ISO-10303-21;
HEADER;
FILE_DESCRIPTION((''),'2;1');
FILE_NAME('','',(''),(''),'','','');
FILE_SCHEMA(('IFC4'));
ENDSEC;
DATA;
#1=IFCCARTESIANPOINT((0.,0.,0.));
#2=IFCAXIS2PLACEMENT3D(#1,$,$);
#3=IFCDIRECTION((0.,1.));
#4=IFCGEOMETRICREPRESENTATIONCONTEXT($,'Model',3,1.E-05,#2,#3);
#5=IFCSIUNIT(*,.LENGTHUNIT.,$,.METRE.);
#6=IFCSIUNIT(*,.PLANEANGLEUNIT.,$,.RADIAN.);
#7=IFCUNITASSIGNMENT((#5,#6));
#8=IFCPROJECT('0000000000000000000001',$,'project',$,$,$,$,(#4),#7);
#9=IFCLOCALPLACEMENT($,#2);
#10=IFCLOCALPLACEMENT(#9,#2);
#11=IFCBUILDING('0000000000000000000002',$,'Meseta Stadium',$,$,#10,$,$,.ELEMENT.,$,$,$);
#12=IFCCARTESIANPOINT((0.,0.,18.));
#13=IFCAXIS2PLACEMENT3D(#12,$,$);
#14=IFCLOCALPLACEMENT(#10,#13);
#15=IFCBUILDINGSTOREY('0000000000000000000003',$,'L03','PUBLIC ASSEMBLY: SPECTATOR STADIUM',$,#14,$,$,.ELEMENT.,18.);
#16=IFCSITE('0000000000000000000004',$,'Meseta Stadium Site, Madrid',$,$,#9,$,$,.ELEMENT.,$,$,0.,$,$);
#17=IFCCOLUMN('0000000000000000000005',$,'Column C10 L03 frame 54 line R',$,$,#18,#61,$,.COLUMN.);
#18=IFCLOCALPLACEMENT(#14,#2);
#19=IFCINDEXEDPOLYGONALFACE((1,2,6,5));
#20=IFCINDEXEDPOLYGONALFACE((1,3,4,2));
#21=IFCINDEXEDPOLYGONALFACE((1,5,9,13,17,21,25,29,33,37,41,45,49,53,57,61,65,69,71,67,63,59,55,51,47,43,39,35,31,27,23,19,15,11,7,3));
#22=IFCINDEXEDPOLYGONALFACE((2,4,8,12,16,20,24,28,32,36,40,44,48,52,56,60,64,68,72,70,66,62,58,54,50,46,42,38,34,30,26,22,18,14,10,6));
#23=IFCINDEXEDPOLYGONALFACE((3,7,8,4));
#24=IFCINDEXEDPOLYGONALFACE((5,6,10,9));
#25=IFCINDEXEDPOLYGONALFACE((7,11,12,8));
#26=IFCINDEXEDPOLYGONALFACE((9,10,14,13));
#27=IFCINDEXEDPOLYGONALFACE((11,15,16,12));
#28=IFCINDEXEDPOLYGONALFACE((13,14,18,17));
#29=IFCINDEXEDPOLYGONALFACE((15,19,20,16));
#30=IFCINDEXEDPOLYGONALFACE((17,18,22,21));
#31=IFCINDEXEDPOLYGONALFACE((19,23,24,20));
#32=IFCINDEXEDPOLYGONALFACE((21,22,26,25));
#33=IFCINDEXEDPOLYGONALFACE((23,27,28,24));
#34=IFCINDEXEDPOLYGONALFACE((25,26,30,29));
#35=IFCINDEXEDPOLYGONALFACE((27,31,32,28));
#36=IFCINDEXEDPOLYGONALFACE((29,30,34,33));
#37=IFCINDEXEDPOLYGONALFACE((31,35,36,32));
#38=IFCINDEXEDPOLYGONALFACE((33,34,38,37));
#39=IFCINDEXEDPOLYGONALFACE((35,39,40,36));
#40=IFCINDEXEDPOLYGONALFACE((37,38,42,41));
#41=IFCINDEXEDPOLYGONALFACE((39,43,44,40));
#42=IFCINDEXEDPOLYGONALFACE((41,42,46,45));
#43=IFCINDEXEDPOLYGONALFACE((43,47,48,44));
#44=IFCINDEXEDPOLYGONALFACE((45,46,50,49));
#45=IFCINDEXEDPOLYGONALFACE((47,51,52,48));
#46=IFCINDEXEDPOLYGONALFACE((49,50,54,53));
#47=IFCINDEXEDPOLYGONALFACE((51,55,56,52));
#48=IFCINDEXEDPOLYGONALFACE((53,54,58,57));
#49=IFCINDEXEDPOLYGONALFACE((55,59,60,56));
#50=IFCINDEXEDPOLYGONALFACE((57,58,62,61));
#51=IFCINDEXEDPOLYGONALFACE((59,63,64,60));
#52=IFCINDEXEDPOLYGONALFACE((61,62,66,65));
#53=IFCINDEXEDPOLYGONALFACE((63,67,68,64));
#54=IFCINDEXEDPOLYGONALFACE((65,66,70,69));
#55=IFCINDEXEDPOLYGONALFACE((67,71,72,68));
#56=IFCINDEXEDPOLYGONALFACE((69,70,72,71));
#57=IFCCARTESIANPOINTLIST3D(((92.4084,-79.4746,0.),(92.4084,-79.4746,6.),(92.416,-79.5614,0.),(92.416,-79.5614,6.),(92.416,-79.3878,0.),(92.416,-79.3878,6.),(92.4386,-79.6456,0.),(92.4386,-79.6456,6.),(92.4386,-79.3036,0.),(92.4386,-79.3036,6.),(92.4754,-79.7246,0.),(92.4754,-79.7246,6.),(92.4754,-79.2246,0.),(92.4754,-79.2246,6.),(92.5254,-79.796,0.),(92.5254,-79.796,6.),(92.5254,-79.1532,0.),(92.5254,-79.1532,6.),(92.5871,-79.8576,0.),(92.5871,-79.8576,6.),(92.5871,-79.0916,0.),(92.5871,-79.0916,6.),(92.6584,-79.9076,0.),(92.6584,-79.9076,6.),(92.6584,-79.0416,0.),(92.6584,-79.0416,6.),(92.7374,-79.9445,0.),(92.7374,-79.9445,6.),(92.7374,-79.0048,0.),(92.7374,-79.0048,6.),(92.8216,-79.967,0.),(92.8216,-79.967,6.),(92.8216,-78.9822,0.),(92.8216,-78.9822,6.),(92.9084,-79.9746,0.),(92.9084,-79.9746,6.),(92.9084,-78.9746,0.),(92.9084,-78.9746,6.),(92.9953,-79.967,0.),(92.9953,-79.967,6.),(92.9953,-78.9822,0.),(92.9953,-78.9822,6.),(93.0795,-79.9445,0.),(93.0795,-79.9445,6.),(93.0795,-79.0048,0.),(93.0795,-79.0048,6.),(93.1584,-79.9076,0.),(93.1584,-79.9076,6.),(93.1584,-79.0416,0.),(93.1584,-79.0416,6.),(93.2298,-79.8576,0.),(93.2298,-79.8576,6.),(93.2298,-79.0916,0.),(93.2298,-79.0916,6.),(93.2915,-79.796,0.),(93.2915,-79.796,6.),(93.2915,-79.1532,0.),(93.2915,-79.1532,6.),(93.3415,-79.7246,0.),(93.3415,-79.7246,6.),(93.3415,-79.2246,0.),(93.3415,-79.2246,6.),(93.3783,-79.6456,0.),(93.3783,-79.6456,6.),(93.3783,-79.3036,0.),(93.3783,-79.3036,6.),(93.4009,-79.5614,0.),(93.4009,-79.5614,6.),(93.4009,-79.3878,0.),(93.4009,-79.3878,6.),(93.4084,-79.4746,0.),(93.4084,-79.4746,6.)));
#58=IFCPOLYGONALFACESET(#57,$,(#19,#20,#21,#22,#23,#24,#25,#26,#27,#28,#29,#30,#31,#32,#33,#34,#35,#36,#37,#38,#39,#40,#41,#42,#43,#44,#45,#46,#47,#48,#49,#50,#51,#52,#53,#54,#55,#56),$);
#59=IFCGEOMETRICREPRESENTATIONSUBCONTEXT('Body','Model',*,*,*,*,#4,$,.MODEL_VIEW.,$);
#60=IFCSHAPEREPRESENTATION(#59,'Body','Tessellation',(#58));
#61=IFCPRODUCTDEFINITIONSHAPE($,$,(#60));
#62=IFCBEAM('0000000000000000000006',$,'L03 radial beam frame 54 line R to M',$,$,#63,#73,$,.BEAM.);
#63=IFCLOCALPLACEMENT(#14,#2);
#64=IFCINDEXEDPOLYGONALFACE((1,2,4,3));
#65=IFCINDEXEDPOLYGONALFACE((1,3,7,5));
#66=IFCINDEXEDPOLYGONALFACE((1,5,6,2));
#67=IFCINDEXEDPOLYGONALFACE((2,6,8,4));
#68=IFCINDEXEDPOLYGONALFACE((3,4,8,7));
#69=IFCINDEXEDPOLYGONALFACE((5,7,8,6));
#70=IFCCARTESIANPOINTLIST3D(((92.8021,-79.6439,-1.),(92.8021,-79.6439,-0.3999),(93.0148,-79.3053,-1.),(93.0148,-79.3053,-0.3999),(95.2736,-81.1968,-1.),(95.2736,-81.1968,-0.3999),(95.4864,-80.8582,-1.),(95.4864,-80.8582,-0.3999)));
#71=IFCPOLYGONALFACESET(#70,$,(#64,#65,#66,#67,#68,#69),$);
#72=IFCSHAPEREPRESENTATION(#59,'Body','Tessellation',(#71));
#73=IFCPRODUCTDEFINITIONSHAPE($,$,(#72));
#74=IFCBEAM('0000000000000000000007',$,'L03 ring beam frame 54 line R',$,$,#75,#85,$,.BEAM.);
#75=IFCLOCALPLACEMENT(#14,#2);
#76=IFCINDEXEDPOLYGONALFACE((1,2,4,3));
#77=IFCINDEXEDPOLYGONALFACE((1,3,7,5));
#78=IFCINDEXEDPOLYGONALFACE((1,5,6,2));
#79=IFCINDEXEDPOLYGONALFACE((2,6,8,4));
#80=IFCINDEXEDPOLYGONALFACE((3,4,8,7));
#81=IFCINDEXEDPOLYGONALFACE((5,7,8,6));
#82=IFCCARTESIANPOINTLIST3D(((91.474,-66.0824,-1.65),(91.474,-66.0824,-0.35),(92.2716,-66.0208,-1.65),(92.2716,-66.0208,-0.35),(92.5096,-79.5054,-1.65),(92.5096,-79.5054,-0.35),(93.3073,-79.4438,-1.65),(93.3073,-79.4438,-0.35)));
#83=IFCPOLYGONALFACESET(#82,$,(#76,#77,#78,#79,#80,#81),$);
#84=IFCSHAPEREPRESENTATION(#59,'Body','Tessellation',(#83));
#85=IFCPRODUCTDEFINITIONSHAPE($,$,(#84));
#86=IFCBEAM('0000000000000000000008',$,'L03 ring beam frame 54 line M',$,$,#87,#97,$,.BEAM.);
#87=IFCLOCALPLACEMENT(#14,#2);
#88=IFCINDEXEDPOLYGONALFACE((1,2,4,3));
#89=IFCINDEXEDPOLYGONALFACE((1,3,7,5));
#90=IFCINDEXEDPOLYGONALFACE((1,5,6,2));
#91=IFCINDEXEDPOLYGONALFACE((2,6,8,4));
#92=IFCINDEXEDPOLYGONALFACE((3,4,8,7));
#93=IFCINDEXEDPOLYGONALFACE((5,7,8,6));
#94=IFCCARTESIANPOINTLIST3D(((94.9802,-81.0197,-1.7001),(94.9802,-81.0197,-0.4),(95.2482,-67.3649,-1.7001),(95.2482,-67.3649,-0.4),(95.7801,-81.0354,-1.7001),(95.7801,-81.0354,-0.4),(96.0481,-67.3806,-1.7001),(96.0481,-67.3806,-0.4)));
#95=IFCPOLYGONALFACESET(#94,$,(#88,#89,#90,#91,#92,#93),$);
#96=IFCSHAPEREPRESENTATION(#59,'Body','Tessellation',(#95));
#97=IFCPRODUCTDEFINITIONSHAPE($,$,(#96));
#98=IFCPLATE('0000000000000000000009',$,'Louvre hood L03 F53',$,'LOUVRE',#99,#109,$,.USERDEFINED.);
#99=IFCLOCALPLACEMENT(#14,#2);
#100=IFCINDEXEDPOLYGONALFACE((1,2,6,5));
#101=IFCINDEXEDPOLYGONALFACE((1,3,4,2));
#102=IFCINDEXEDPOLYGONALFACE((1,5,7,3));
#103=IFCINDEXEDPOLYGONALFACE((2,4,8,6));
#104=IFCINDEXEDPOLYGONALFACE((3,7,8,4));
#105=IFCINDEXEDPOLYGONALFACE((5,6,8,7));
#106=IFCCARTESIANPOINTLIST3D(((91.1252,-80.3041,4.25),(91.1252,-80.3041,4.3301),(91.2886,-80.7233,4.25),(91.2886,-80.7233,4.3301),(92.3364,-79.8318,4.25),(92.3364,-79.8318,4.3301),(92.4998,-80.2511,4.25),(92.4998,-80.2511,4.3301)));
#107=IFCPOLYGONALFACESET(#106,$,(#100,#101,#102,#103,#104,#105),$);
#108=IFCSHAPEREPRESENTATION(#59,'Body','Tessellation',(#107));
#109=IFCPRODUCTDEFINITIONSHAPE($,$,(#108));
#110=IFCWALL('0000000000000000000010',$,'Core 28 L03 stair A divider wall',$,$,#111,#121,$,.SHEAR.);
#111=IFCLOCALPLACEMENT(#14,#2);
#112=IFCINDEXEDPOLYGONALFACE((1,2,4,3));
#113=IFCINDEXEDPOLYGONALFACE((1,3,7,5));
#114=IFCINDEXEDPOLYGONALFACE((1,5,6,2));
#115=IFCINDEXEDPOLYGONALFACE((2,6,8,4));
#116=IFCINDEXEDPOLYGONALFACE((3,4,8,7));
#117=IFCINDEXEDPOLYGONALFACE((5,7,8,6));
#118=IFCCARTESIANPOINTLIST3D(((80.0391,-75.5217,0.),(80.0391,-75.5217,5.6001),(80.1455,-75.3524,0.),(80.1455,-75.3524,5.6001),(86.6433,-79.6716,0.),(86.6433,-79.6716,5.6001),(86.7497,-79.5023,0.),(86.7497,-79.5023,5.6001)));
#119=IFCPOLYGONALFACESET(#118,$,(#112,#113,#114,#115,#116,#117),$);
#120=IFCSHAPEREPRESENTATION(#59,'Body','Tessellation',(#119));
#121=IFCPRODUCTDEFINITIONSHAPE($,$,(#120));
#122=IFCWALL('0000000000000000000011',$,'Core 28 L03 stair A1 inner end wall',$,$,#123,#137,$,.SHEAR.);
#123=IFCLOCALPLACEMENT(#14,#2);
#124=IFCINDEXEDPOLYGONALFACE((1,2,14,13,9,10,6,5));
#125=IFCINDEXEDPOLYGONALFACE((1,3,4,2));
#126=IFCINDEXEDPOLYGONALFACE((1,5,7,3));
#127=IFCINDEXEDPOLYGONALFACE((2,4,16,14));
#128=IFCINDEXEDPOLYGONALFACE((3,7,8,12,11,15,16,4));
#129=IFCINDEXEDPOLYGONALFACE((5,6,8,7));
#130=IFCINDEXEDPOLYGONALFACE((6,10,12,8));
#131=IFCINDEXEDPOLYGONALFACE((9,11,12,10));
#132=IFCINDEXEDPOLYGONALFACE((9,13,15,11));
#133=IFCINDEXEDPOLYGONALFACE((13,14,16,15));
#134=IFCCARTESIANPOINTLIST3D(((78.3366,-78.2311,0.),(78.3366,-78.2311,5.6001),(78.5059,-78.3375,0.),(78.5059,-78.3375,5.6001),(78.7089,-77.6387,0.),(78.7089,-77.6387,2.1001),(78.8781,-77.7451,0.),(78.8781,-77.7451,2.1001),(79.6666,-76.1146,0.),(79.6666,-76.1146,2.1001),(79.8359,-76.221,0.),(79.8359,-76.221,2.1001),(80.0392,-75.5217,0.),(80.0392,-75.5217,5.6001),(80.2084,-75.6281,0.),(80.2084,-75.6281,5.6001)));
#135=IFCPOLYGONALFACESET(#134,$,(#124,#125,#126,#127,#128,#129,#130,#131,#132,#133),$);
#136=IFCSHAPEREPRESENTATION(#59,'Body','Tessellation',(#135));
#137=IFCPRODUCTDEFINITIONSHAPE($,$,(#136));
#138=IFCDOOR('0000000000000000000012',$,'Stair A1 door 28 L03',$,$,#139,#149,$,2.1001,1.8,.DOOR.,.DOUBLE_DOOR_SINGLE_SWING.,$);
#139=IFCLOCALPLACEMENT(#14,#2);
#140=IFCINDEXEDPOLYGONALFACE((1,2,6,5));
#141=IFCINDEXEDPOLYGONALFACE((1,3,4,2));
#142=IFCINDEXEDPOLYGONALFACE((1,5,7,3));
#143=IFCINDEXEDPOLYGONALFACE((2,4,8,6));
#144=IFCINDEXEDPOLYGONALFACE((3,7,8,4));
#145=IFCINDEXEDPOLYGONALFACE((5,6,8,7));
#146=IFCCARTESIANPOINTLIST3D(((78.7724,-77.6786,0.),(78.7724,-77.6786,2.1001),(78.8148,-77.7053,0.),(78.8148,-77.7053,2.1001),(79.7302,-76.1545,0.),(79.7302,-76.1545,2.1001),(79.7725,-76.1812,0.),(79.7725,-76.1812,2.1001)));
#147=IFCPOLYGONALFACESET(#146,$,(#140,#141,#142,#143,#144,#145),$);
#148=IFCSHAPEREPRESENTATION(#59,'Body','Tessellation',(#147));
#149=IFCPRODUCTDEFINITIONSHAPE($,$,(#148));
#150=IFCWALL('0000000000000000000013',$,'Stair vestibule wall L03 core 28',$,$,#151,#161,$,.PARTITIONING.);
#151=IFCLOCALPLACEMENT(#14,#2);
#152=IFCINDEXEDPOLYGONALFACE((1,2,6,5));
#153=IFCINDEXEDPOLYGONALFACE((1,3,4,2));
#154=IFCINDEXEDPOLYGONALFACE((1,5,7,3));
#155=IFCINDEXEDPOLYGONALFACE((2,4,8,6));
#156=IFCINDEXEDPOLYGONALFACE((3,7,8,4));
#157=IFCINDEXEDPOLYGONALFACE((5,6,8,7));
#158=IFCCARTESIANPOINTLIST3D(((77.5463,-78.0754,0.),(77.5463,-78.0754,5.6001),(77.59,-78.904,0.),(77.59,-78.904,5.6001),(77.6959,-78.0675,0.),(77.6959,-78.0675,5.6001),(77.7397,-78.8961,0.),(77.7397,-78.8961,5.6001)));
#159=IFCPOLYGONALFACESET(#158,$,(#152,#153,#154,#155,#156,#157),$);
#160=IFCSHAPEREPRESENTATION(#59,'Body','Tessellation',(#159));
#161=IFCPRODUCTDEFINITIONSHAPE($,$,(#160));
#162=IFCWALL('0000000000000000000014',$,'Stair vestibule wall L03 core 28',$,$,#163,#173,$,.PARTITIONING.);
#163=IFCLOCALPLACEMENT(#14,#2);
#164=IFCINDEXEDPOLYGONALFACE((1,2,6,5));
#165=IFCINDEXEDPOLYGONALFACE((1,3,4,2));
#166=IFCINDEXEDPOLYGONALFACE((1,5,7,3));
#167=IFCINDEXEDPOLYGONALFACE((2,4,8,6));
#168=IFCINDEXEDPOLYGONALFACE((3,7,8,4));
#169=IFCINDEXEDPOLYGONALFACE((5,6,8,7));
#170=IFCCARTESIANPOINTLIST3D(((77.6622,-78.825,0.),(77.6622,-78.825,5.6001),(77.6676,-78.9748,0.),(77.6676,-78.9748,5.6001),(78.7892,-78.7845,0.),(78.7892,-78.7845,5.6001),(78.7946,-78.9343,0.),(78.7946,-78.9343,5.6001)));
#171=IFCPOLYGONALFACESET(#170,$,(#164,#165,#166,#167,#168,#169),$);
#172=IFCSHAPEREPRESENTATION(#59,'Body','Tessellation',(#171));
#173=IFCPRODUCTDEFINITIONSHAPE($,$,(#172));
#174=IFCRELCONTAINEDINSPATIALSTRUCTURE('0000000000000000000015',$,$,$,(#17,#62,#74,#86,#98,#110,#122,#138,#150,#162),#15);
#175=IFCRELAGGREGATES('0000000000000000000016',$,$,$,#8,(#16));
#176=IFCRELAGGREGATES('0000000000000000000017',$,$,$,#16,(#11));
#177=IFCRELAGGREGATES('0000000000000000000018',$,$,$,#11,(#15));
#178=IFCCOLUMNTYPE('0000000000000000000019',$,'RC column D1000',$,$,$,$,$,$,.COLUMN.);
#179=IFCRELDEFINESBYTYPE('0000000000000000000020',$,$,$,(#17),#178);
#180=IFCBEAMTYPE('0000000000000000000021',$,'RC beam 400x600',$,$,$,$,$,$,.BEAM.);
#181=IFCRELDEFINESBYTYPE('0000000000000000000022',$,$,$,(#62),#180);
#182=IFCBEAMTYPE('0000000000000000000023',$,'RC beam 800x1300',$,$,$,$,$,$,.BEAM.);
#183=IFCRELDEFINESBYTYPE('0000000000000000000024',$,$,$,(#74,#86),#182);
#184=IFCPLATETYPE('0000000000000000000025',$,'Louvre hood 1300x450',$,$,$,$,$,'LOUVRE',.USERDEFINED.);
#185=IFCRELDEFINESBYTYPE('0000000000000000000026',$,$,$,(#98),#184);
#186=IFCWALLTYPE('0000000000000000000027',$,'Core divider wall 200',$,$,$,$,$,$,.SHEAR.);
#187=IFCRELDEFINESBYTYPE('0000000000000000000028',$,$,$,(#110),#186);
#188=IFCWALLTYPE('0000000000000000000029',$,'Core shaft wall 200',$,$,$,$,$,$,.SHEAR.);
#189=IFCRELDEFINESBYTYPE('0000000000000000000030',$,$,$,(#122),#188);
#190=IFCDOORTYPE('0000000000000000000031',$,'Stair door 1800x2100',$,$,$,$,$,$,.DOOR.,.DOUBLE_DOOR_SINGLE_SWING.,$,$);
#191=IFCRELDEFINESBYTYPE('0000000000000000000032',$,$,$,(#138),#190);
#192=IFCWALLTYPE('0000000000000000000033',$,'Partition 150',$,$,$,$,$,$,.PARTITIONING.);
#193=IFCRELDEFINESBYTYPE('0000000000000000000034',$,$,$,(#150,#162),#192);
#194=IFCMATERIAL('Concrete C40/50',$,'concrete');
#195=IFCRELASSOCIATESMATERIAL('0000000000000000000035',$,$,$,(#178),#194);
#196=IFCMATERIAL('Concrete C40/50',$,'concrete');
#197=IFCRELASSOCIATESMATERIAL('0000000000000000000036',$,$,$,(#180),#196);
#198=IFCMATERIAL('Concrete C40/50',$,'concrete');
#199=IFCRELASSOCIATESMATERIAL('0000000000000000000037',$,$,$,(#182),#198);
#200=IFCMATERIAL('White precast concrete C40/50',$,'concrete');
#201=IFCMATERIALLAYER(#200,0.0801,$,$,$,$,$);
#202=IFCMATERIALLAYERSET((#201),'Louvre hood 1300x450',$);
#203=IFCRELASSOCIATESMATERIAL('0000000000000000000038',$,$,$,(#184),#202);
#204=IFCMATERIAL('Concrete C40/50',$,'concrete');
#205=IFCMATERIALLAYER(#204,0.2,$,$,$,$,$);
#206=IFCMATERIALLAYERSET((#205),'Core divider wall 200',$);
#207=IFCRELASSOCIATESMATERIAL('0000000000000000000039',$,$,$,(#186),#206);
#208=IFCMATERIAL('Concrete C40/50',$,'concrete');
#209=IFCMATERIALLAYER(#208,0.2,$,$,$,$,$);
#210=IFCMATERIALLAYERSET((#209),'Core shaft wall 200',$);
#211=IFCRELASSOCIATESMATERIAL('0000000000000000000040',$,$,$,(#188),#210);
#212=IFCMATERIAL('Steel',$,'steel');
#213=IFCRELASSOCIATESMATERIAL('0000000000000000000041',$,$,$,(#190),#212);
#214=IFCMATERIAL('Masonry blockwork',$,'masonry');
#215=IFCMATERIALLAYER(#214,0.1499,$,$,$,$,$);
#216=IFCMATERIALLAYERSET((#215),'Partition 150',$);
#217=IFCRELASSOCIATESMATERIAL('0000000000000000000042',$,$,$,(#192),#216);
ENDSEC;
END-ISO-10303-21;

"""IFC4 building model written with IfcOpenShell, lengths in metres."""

from ifc_helpers import new_model, si_unit, direction, frame, frame_2d, origin, origin_2d, place, context, subcontext, project, spatial, rectangle, circle, extrude, material, layer, layer_set, material_profile, profile_set, type_object, element, fill, save


model = new_model("IFC4")

# Units and contexts
model_context = context("Model", 3, precision=1e-05, world=origin(), true_north=direction((0.0, 1.0)))
body_context = subcontext(model_context, "Body", "Model", "MODEL_VIEW")
ifc_project = project(units=[si_unit("LENGTHUNIT", "METRE"), si_unit("PLANEANGLEUNIT", "RADIAN")], contexts=[model_context])

# Site, building, storey
site_placement = place(None, origin())
site = spatial("IfcSite", under=ifc_project, at=site_placement, Name="Meseta Stadium Site, Madrid", CompositionType="ELEMENT", RefElevation=0.0)
building_placement = place(site_placement, origin())
building = spatial("IfcBuilding", under=site, at=building_placement, Name="Meseta Stadium", CompositionType="ELEMENT")
storey_placement = place(building_placement, frame((0.0, 0.0, 18.0)))
storey = spatial("IfcBuildingStorey", under=building, at=storey_placement, Name="L03", Description="PUBLIC ASSEMBLY: SPECTATOR STADIUM", CompositionType="ELEMENT", Elevation=18.0)

# Column
ifc_material_1 = material(Name="Concrete C40/50", Category="concrete")
ifc_material_profile_1 = material_profile(ifc_material_1, circle(Radius=0.5, at=origin_2d()), Name="RC D1000")
ifc_profile_set_1 = profile_set([ifc_material_profile_1], Name="Concrete C40/50")
column_type = type_object("IfcColumnType", Name="RC column D1000", PredefinedType="COLUMN", material=ifc_profile_set_1)
column_placement = place(storey_placement, frame((92.9084, -79.4746, 0.0), z_axis=(0.0, 0.0, 1.0), x_axis=(1.0, 0.0, 0.0)))
element("IfcColumn", 1, at=column_placement, inside=storey, type_object=column_type, Name="Column C10 L03 frame 54 line R", PredefinedType="COLUMN", context=body_context, shape_type="SweptSolid", body=[
    extrude(circle(Radius=0.5, at=origin_2d()), origin(), (0.0, 0.0, 1.0), 6.0),
])

# Beams
ifc_material_2 = material(Name="Concrete C40/50", Category="concrete")
ifc_material_profile_2 = material_profile(ifc_material_2, rectangle(XDim=0.3999, YDim=0.6001, at=origin_2d()), Name="RC 400x600")
ifc_profile_set_2 = profile_set([ifc_material_profile_2], Name="Concrete C40/50")
beam_type_1 = type_object("IfcBeamType", Name="RC beam 400x600", PredefinedType="BEAM", material=ifc_profile_set_2)
beam_1_placement = place(storey_placement, frame((92.9084, -79.4746, -0.7), z_axis=(0.846737, -0.532012, 0.0), x_axis=(0.532012, 0.846737, 0.0)))
element("IfcBeam", 2, at=beam_1_placement, inside=storey, type_object=beam_type_1, Name="L03 radial beam frame 54 line R to M", PredefinedType="BEAM", context=body_context, shape_type="SweptSolid", body=[
    extrude(rectangle(XDim=0.3999, YDim=0.6001, at=origin_2d()), origin(), (0.0, 0.0, 1.0), 2.9189),
])
ifc_material_3 = material(Name="Concrete C40/50", Category="concrete")
ifc_material_profile_3 = material_profile(ifc_material_3, rectangle(XDim=0.8, YDim=1.3, at=origin_2d()), Name="RC 800x1300")
ifc_profile_set_3 = profile_set([ifc_material_profile_3], Name="Concrete C40/50")
beam_type_2 = type_object("IfcBeamType", Name="RC beam 800x1300", PredefinedType="BEAM", material=ifc_profile_set_3)
beam_2_placement = place(storey_placement, frame((92.9084, -79.4746, -1.0), z_axis=(-0.076925, 0.997037, 0.0), x_axis=(-0.997037, -0.076925, 0.0)))
element("IfcBeam", 3, at=beam_2_placement, inside=storey, type_object=beam_type_2, Name="L03 ring beam frame 54 line R", PredefinedType="BEAM", context=body_context, shape_type="SweptSolid", body=[
    extrude(rectangle(XDim=0.8, YDim=1.3, at=origin_2d()), origin(), (0.0, 0.0, 1.0), 13.4629),
])
beam_3_placement = place(storey_placement, frame((95.3801, -81.0276, -1.05), z_axis=(0.019628, 0.999807, 0.0), x_axis=(-0.999807, 0.019628, 0.0)))
element("IfcBeam", 4, at=beam_3_placement, inside=storey, type_object=beam_type_2, Name="L03 ring beam frame 54 line M", PredefinedType="BEAM", context=body_context, shape_type="SweptSolid", body=[
    extrude(rectangle(XDim=0.8, YDim=1.3, at=origin_2d()), origin(), (0.0, 0.0, 1.0), 13.6575),
])

# Plate
ifc_material_4 = material(Name="White precast concrete C40/50", Category="concrete")
ifc_layer_1 = layer(ifc_material_4, 0.0801)
ifc_layer_set_1 = layer_set([ifc_layer_1], Name="Louvre hood 1300x450")
plate_type = type_object("IfcPlateType", Name="Louvre hood 1300x450", ElementType="LOUVRE", PredefinedType="USERDEFINED", material=ifc_layer_set_1)
plate_placement = place(storey_placement, frame((91.8125, -80.2776, 4.25), z_axis=(0.0, 0.0, 1.0), x_axis=(0.93168, 0.36328, 0.0)))
element("IfcPlate", 5, at=plate_placement, inside=storey, type_object=plate_type, Name="Louvre hood L03 F53", ObjectType="LOUVRE", PredefinedType="USERDEFINED", context=body_context, shape_type="SweptSolid", body=[
    extrude(rectangle(XDim=1.3, YDim=0.45, at=origin_2d()), origin(), (0.0, 0.0, 1.0), 0.0801),
])

# Wall
ifc_material_5 = material(Name="Concrete C40/50", Category="concrete")
ifc_layer_2 = layer(ifc_material_5, 0.2)
ifc_layer_set_2 = layer_set([ifc_layer_2], Name="Core divider wall 200")
wall_type_1 = type_object("IfcWallType", Name="Core divider wall 200", PredefinedType="SHEAR", material=ifc_layer_set_2)
wall_1_placement = place(storey_placement, frame((86.6965, -79.5869, 0.0), z_axis=(0.0, 0.0, 1.0), x_axis=(-0.846714, 0.532048, 0.0)))
element("IfcWall", 6, at=wall_1_placement, inside=storey, type_object=wall_type_1, Name="Core 28 L03 stair A divider wall", PredefinedType="SHEAR", context=body_context, shape_type="SweptSolid", body=[
    extrude(rectangle(XDim=7.7998, YDim=0.2, at=frame_2d((3.8999, 0.0))), origin(), (0.0, 0.0, 1.0), 5.6001),
])

# Wall, opening, door
ifc_material_6 = material(Name="Concrete C40/50", Category="concrete")
ifc_layer_3 = layer(ifc_material_6, 0.2)
ifc_layer_set_3 = layer_set([ifc_layer_3], Name="Core shaft wall 200")
wall_type_2 = type_object("IfcWallType", Name="Core shaft wall 200", PredefinedType="SHEAR", material=ifc_layer_set_3)
wall_2_placement = place(storey_placement, frame((78.4211, -78.2844, 0.0), z_axis=(0.0, 0.0, 1.0), x_axis=(0.532068, 0.846701, 0.0)))
wall_2 = element("IfcWall", 7, at=wall_2_placement, inside=storey, type_object=wall_type_2, Name="Core 28 L03 stair A1 inner end wall", PredefinedType="SHEAR", context=body_context, shape_type="SweptSolid", body=[
    extrude(rectangle(XDim=3.2, YDim=0.2, at=frame_2d((1.6001, 0.0))), origin(), (0.0, 0.0, 1.0), 5.6001),
])
opening_1_placement = place(wall_2_placement, frame((0.7, 0.0, 0.0)))
opening_1 = element("IfcOpeningElement", 8, at=opening_1_placement, cuts=wall_2, PredefinedType="OPENING", context=body_context, shape_type="SweptSolid", body=[
    extrude(rectangle(XDim=1.8, YDim=2.1001, at=frame_2d((0.8999, 1.05))), frame((0.0, 0.1099, 0.0), z_axis=(0.0, -1.0, 0.0), x_axis=(1.0, 0.0, 0.0)), (0.0, 0.0, 1.0), 0.22),
])
ifc_material_7 = material(Name="Steel", Category="steel")
door_type = type_object("IfcDoorType", Name="Stair door 1800x2100", OperationType="DOUBLE_DOOR_SINGLE_SWING", PredefinedType="DOOR", material=ifc_material_7)
door_placement = place(opening_1_placement, origin())
door = element("IfcDoor", 9, at=door_placement, inside=storey, type_object=door_type, Name="Stair A1 door 28 L03", OperationType="DOUBLE_DOOR_SINGLE_SWING", OverallHeight=2.1001, OverallWidth=1.8, PredefinedType="DOOR", context=body_context, shape_type="SweptSolid", body=[
    extrude(rectangle(XDim=1.8, YDim=2.1001, at=frame_2d((0.8999, 1.05))), frame((0.0, 0.0249, 0.0), z_axis=(0.0, -1.0, 0.0), x_axis=(1.0, 0.0, 0.0)), (0.0, 0.0, 1.0), 0.05),
])
fill(opening_1, door)

# Walls
ifc_material_8 = material(Name="Masonry blockwork", Category="masonry")
ifc_layer_4 = layer(ifc_material_8, 0.1499)
ifc_layer_set_4 = layer_set([ifc_layer_4], Name="Partition 150")
wall_type_3 = type_object("IfcWallType", Name="Partition 150", PredefinedType="PARTITIONING", material=ifc_layer_set_4)
wall_3_placement = place(storey_placement, frame((77.6211, -78.0713, 0.0), z_axis=(0.0, 0.0, 1.0), x_axis=(0.052667, -0.998612, 0.0)))
element("IfcWall", 10, at=wall_3_placement, inside=storey, type_object=wall_type_3, Name="Stair vestibule wall L03 core 28", PredefinedType="PARTITIONING", context=body_context, shape_type="SweptSolid", body=[
    extrude(rectangle(XDim=0.8298, YDim=0.1499, at=frame_2d((0.415, 0.0))), origin(), (0.0, 0.0, 1.0), 5.6001),
])
wall_4_placement = place(storey_placement, frame((77.6648, -78.8999, 0.0), z_axis=(0.0, 0.0, 1.0), x_axis=(0.999354, 0.035939, 0.0)))
element("IfcWall", 11, at=wall_4_placement, inside=storey, type_object=wall_type_3, Name="Stair vestibule wall L03 core 28", PredefinedType="PARTITIONING", context=body_context, shape_type="SweptSolid", body=[
    extrude(rectangle(XDim=1.1277, YDim=0.1499, at=frame_2d((0.564, 0.0))), origin(), (0.0, 0.0, 1.0), 5.6001),
])

save(model, "model.ifc")
